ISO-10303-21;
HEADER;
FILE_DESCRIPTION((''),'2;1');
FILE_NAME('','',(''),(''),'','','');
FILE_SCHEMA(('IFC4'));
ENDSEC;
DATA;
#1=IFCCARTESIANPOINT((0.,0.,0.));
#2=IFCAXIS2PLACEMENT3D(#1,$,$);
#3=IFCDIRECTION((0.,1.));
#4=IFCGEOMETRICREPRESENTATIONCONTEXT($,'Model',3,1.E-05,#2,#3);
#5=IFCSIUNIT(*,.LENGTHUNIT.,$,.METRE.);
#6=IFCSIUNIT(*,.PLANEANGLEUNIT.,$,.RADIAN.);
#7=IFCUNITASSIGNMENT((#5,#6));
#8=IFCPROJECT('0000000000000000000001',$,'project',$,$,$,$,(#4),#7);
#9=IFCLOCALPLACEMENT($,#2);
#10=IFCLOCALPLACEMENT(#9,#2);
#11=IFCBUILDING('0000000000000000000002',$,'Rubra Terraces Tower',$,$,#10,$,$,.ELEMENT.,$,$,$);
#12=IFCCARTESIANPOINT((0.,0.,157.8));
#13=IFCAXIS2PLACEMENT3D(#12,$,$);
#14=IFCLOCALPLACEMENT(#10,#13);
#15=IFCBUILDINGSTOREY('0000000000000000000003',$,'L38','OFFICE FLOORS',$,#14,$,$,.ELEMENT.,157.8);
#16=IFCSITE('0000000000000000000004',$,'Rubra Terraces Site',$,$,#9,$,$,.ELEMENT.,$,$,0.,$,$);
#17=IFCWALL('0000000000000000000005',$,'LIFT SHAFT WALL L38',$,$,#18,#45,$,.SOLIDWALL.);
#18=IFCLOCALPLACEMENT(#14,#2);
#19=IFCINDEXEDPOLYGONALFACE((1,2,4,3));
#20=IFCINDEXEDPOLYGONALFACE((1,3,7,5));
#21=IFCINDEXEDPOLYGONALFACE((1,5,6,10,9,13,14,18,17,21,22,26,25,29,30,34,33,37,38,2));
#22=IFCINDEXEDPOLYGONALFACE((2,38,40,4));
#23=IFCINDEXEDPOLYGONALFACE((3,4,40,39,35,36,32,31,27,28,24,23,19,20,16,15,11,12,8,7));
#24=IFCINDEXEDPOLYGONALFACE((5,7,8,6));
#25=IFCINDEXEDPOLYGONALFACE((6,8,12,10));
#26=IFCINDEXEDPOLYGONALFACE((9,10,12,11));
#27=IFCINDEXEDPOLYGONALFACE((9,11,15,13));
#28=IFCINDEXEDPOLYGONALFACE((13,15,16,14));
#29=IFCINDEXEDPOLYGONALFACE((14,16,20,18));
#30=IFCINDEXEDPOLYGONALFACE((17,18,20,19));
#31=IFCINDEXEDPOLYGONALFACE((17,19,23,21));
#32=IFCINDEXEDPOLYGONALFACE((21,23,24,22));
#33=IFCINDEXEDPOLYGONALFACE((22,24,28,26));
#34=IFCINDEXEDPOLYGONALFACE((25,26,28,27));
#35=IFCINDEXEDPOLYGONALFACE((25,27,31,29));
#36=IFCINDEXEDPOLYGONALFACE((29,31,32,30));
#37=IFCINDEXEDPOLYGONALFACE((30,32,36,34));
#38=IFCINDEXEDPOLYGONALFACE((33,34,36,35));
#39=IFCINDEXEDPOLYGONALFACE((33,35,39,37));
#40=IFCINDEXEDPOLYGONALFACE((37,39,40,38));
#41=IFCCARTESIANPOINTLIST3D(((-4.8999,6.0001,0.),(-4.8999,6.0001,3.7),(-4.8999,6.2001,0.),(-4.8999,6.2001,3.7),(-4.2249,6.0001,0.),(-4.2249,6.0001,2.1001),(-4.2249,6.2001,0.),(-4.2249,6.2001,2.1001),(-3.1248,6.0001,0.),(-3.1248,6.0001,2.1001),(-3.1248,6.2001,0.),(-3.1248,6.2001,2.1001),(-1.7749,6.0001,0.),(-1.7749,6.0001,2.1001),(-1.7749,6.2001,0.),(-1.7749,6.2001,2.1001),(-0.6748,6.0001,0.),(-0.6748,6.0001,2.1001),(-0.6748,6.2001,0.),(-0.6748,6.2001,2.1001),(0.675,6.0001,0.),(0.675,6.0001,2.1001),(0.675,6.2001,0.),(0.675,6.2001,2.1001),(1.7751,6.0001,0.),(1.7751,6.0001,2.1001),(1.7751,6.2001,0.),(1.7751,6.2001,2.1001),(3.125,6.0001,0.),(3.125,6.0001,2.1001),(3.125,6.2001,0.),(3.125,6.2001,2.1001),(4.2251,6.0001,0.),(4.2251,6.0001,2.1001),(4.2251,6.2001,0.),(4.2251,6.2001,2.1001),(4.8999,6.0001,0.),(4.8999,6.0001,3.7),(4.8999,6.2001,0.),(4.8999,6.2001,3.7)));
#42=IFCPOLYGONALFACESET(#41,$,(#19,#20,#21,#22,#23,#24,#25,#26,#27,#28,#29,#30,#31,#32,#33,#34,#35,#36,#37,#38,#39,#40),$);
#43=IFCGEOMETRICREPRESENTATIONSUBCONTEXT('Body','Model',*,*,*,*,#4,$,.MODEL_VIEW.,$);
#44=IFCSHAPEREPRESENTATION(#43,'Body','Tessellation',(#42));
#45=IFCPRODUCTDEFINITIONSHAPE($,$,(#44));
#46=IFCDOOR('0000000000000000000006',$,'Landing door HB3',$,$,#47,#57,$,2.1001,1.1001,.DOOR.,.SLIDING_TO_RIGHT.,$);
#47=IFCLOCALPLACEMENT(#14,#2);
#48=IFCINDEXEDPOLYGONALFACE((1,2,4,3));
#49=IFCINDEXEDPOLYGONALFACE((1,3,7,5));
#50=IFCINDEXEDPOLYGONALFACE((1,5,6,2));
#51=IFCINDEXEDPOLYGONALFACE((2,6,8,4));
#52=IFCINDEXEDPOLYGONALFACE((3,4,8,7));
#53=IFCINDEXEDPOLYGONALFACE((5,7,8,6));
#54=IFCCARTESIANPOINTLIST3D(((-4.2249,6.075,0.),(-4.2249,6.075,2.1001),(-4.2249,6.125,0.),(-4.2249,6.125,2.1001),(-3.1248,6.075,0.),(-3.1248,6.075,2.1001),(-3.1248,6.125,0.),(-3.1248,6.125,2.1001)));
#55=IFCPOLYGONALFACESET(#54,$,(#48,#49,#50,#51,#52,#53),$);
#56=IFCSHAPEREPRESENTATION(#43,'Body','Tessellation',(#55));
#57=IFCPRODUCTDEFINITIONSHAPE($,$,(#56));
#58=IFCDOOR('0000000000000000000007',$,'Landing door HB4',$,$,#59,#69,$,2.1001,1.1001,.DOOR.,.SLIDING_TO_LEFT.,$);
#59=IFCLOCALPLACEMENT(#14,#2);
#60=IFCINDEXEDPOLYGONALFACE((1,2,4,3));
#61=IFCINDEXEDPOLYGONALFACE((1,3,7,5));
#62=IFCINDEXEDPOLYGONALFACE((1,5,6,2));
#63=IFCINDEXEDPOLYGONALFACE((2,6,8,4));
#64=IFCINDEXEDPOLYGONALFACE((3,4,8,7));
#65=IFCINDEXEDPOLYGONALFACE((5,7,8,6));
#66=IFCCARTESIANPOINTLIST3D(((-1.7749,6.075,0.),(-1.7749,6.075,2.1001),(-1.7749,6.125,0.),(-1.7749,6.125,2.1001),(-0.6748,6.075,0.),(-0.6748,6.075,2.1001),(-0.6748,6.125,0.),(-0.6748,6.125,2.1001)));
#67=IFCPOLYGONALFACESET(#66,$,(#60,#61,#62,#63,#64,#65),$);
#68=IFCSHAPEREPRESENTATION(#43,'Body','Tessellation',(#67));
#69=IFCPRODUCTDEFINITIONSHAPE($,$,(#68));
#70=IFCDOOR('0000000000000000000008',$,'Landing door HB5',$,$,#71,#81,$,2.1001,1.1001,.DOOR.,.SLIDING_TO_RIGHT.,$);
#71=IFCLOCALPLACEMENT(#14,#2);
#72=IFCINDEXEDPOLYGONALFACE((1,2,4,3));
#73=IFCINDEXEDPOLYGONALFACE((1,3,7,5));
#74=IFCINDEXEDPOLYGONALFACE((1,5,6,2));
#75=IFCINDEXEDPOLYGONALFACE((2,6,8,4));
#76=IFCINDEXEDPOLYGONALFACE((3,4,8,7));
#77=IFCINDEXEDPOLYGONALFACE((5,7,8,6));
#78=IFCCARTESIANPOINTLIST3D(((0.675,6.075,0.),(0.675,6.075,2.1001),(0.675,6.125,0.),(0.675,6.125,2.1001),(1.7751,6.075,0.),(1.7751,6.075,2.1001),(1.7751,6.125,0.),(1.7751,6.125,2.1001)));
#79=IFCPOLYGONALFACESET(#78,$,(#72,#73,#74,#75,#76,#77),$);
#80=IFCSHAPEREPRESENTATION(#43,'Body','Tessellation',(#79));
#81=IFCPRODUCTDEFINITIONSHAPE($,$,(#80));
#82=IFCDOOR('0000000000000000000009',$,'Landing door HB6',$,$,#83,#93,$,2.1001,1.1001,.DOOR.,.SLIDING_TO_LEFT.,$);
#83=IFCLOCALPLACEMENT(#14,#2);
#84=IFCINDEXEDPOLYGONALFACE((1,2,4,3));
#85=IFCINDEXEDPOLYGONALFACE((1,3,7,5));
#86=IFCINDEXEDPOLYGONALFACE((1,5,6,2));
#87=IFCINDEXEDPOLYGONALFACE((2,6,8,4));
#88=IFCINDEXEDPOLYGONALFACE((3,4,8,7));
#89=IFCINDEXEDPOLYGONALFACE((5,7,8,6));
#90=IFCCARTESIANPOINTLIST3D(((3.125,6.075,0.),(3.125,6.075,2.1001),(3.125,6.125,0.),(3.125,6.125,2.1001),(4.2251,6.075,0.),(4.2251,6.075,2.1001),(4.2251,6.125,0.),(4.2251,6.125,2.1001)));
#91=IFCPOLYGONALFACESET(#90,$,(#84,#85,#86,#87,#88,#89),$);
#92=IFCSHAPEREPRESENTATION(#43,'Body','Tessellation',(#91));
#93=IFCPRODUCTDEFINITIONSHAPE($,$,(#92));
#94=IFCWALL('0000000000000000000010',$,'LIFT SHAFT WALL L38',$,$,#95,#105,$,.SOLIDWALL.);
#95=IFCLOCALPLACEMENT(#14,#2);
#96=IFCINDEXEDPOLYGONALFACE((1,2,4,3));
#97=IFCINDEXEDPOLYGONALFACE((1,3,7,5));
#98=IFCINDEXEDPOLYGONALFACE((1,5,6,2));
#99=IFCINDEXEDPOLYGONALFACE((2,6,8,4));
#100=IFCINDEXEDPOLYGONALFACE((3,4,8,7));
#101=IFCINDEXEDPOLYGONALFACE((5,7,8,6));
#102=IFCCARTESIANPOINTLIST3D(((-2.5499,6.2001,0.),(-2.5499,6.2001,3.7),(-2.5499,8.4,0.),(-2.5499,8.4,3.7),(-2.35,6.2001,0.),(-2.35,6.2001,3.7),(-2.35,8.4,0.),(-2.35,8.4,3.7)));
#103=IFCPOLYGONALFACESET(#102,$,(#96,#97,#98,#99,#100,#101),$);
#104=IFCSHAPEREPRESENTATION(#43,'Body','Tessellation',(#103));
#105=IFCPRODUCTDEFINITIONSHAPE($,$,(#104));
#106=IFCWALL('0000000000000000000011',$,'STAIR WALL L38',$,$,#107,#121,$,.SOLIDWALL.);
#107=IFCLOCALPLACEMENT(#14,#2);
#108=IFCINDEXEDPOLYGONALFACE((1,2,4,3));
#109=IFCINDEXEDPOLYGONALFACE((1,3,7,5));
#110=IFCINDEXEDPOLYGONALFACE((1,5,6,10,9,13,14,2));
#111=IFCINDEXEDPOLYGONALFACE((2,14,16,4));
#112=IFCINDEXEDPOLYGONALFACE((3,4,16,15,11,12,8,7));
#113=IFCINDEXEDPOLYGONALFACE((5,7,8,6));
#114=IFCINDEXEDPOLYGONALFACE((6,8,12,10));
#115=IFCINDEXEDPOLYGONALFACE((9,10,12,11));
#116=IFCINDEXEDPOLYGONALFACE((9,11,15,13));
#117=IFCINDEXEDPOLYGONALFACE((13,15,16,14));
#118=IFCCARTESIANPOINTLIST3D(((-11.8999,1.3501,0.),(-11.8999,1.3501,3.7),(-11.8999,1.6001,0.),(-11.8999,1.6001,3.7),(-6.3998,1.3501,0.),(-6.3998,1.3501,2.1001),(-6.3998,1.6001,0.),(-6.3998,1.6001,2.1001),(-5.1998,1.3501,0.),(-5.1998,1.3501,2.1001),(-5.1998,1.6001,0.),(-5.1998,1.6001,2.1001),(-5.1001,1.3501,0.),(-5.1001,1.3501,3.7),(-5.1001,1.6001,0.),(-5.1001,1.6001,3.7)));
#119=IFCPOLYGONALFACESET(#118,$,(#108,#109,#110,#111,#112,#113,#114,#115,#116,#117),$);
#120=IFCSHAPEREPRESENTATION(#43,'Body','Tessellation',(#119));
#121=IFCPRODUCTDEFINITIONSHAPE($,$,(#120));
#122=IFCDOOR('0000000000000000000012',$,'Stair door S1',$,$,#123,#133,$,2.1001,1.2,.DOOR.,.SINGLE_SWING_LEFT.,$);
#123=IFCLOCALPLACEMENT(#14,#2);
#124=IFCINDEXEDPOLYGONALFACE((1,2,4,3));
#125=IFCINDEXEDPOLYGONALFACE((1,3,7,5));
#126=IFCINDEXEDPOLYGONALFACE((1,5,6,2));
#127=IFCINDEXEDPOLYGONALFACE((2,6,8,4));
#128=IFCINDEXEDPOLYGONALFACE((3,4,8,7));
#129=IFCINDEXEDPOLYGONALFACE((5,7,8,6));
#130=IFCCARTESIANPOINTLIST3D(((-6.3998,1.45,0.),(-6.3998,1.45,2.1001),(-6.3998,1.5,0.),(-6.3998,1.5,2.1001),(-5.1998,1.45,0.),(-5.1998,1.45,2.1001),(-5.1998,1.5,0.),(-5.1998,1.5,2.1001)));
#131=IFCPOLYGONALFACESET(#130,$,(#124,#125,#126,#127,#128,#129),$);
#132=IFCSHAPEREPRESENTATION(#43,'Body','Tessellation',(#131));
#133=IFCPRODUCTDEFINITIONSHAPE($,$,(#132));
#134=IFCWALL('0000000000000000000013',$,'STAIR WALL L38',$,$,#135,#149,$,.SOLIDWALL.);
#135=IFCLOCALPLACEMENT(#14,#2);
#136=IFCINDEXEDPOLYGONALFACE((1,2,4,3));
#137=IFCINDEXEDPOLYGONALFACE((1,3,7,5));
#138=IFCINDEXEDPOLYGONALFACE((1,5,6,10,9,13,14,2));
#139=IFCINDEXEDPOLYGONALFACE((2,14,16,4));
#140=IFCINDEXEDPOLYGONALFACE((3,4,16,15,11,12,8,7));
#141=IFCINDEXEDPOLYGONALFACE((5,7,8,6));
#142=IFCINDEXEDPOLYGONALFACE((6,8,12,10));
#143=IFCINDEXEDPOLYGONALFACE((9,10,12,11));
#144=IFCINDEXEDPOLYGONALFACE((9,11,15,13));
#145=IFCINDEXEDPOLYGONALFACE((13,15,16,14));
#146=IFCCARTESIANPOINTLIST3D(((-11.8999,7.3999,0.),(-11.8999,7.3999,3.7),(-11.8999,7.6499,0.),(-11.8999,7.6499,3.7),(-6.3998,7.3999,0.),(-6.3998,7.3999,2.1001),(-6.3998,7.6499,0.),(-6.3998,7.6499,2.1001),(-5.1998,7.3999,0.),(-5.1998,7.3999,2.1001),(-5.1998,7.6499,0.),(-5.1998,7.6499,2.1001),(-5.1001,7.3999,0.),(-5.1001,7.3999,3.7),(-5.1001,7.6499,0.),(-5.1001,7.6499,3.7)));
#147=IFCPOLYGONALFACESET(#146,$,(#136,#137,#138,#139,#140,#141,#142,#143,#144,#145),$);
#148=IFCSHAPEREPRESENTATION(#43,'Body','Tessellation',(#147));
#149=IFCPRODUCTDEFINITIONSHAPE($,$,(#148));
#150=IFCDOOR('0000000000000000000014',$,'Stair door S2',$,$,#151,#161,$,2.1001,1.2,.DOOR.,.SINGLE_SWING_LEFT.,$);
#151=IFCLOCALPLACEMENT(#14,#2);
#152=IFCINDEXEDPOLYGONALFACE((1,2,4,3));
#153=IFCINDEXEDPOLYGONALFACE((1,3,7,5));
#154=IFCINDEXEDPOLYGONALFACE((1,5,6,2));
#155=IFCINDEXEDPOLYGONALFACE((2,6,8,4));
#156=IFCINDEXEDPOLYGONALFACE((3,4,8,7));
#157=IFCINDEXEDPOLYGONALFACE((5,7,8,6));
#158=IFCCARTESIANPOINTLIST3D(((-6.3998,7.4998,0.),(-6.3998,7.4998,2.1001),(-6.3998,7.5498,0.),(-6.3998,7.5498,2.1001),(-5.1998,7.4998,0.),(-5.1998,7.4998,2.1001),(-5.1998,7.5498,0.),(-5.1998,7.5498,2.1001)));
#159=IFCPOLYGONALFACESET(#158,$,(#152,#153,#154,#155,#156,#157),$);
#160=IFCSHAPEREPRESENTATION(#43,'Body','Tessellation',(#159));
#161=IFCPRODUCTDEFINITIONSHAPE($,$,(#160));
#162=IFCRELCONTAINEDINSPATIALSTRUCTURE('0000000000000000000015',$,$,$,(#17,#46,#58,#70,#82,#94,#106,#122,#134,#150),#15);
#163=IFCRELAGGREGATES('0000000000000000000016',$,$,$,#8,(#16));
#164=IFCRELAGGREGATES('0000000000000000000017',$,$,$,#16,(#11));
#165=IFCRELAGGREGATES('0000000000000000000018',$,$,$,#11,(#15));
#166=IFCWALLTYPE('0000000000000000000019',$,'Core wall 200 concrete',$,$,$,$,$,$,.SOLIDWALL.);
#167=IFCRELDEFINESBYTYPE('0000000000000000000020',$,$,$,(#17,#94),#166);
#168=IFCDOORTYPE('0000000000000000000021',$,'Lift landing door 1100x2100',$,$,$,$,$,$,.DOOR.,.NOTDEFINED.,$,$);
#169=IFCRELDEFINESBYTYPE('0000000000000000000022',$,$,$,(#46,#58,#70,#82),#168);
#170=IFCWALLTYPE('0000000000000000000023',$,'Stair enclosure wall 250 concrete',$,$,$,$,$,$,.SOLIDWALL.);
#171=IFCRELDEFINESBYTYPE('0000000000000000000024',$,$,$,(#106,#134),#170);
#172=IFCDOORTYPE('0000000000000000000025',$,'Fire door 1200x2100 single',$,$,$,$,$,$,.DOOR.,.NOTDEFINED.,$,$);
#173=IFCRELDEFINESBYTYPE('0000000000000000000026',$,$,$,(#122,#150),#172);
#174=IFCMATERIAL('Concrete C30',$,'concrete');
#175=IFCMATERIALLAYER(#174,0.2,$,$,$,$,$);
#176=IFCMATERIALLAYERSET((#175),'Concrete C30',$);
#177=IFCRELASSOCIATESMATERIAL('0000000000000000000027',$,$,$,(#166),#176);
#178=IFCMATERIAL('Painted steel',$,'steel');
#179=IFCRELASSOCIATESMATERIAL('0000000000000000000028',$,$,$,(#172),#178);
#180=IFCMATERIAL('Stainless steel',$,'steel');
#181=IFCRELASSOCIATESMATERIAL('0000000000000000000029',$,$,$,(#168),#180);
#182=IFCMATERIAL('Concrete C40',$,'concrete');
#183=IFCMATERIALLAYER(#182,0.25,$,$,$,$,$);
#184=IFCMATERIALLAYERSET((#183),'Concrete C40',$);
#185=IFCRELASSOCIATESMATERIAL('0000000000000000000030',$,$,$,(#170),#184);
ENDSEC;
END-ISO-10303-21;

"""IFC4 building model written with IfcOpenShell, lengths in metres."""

from ifc_helpers import new_model, si_unit, direction, frame, frame_2d, origin, place, context, subcontext, project, spatial, rectangle, extrude, material, layer, layer_set, type_object, element, fill, save


model = new_model("IFC4")

# Units and contexts
model_context = context("Model", 3, precision=1e-05, world=origin(), true_north=direction((0.0, 1.0)))
body_context = subcontext(model_context, "Body", "Model", "MODEL_VIEW")
ifc_project = project(units=[si_unit("LENGTHUNIT", "METRE"), si_unit("PLANEANGLEUNIT", "RADIAN")], contexts=[model_context])

# Site, building, storey
site_placement = place(None, origin())
site = spatial("IfcSite", under=ifc_project, at=site_placement, Name="Rubra Terraces Site", CompositionType="ELEMENT", RefElevation=0.0)
building_placement = place(site_placement, origin())
building = spatial("IfcBuilding", under=site, at=building_placement, Name="Rubra Terraces Tower", CompositionType="ELEMENT")
storey_placement = place(building_placement, frame((0.0, 0.0, 157.8)))
storey = spatial("IfcBuildingStorey", under=building, at=storey_placement, Name="L38", Description="OFFICE FLOORS", CompositionType="ELEMENT", Elevation=157.8)

# Shared definitions
ifc_material_1 = material(Name="Concrete C40", Category="concrete")

# Shared definitions
ifc_material_2 = material(Name="Concrete C30", Category="concrete")
ifc_layer_1 = layer(ifc_material_2, 0.2)
ifc_layer_set_1 = layer_set([ifc_layer_1], Name="Concrete C30")
wall_type_1 = type_object("IfcWallType", Name="Core wall 200 concrete", PredefinedType="SOLIDWALL", material=ifc_layer_set_1)
ifc_material_3 = material(Name="Painted steel", Category="steel")
door_type_1 = type_object("IfcDoorType", Name="Fire door 1200x2100 single", OperationType="NOTDEFINED", PredefinedType="DOOR", material=ifc_material_3)
ifc_material_4 = material(Name="Stainless steel", Category="steel")

# Wall, openings, doors
door_type_2 = type_object("IfcDoorType", Name="Lift landing door 1100x2100", OperationType="NOTDEFINED", PredefinedType="DOOR", material=ifc_material_4)
wall_1_placement = place(storey_placement, frame((-4.8999, 6.1001, 0.0), z_axis=(0.0, 0.0, 1.0), x_axis=(1.0, 0.0, 0.0)))
wall_1 = element("IfcWall", 1, at=wall_1_placement, inside=storey, type_object=wall_type_1, Name="LIFT SHAFT WALL L38", PredefinedType="SOLIDWALL", context=body_context, shape_type="SweptSolid", body=[
    extrude(rectangle(XDim=9.7998, YDim=0.2, at=frame_2d((4.8999, 0.0))), origin(), (0.0, 0.0, 1.0), 3.7),
])
opening_1_placement = place(wall_1_placement, frame((0.675, 0.0, 0.0)))
opening_1 = element("IfcOpeningElement", 2, at=opening_1_placement, cuts=wall_1, PredefinedType="OPENING", context=body_context, shape_type="SweptSolid", body=[
    extrude(rectangle(XDim=1.1001, YDim=2.1001, at=frame_2d((0.55, 1.05))), frame((0.0, 0.1099, 0.0), z_axis=(0.0, -1.0, 0.0), x_axis=(1.0, 0.0, 0.0)), (0.0, 0.0, 1.0), 0.22),
])
opening_2_placement = place(wall_1_placement, frame((3.125, 0.0, 0.0)))
opening_2 = element("IfcOpeningElement", 3, at=opening_2_placement, cuts=wall_1, PredefinedType="OPENING", context=body_context, shape_type="SweptSolid", body=[
    extrude(rectangle(XDim=1.1001, YDim=2.1001, at=frame_2d((0.55, 1.05))), frame((0.0, 0.1099, 0.0), z_axis=(0.0, -1.0, 0.0), x_axis=(1.0, 0.0, 0.0)), (0.0, 0.0, 1.0), 0.22),
])
opening_3_placement = place(wall_1_placement, frame((5.575, 0.0, 0.0)))
opening_3 = element("IfcOpeningElement", 4, at=opening_3_placement, cuts=wall_1, PredefinedType="OPENING", context=body_context, shape_type="SweptSolid", body=[
    extrude(rectangle(XDim=1.1001, YDim=2.1001, at=frame_2d((0.55, 1.05))), frame((0.0, 0.1099, 0.0), z_axis=(0.0, -1.0, 0.0), x_axis=(1.0, 0.0, 0.0)), (0.0, 0.0, 1.0), 0.22),
])
opening_4_placement = place(wall_1_placement, frame((8.0249, 0.0, 0.0)))
opening_4 = element("IfcOpeningElement", 5, at=opening_4_placement, cuts=wall_1, PredefinedType="OPENING", context=body_context, shape_type="SweptSolid", body=[
    extrude(rectangle(XDim=1.1001, YDim=2.1001, at=frame_2d((0.55, 1.05))), frame((0.0, 0.1099, 0.0), z_axis=(0.0, -1.0, 0.0), x_axis=(1.0, 0.0, 0.0)), (0.0, 0.0, 1.0), 0.22),
])
door_1_placement = place(opening_1_placement, origin())
door_1 = element("IfcDoor", 6, at=door_1_placement, inside=storey, type_object=door_type_2, Name="Landing door HB3", OperationType="SLIDING_TO_RIGHT", OverallHeight=2.1001, OverallWidth=1.1001, PredefinedType="DOOR", context=body_context, shape_type="SweptSolid", body=[
    extrude(rectangle(XDim=1.1001, YDim=2.1001, at=frame_2d((0.55, 1.05))), frame((0.0, 0.0249, 0.0), z_axis=(0.0, -1.0, 0.0), x_axis=(1.0, 0.0, 0.0)), (0.0, 0.0, 1.0), 0.05),
])
fill(opening_1, door_1)
door_2_placement = place(opening_2_placement, origin())
door_2 = element("IfcDoor", 7, at=door_2_placement, inside=storey, type_object=door_type_2, Name="Landing door HB4", OperationType="SLIDING_TO_LEFT", OverallHeight=2.1001, OverallWidth=1.1001, PredefinedType="DOOR", context=body_context, shape_type="SweptSolid", body=[
    extrude(rectangle(XDim=1.1001, YDim=2.1001, at=frame_2d((0.55, 1.05))), frame((0.0, 0.0249, 0.0), z_axis=(0.0, -1.0, 0.0), x_axis=(1.0, 0.0, 0.0)), (0.0, 0.0, 1.0), 0.05),
])
fill(opening_2, door_2)
door_3_placement = place(opening_3_placement, origin())
door_3 = element("IfcDoor", 8, at=door_3_placement, inside=storey, type_object=door_type_2, Name="Landing door HB5", OperationType="SLIDING_TO_RIGHT", OverallHeight=2.1001, OverallWidth=1.1001, PredefinedType="DOOR", context=body_context, shape_type="SweptSolid", body=[
    extrude(rectangle(XDim=1.1001, YDim=2.1001, at=frame_2d((0.55, 1.05))), frame((0.0, 0.0249, 0.0), z_axis=(0.0, -1.0, 0.0), x_axis=(1.0, 0.0, 0.0)), (0.0, 0.0, 1.0), 0.05),
])
fill(opening_3, door_3)
door_4_placement = place(opening_4_placement, origin())
door_4 = element("IfcDoor", 9, at=door_4_placement, inside=storey, type_object=door_type_2, Name="Landing door HB6", OperationType="SLIDING_TO_LEFT", OverallHeight=2.1001, OverallWidth=1.1001, PredefinedType="DOOR", context=body_context, shape_type="SweptSolid", body=[
    extrude(rectangle(XDim=1.1001, YDim=2.1001, at=frame_2d((0.55, 1.05))), frame((0.0, 0.0249, 0.0), z_axis=(0.0, -1.0, 0.0), x_axis=(1.0, 0.0, 0.0)), (0.0, 0.0, 1.0), 0.05),
])
fill(opening_4, door_4)

# Wall
wall_2_placement = place(storey_placement, frame((-2.45, 6.2, 0.0), z_axis=(0.0, 0.0, 1.0), x_axis=(0.0, 1.0, 0.0)))
element("IfcWall", 10, at=wall_2_placement, inside=storey, type_object=wall_type_1, Name="LIFT SHAFT WALL L38", PredefinedType="SOLIDWALL", context=body_context, shape_type="SweptSolid", body=[
    extrude(rectangle(XDim=2.2, YDim=0.2, at=frame_2d((1.1001, 0.0))), origin(), (0.0, 0.0, 1.0), 3.7),
])

# Walls, openings, doors
ifc_layer_2 = layer(ifc_material_1, 0.25)
ifc_layer_set_2 = layer_set([ifc_layer_2], Name="Concrete C40")
wall_type_2 = type_object("IfcWallType", Name="Stair enclosure wall 250 concrete", PredefinedType="SOLIDWALL", material=ifc_layer_set_2)
wall_3_placement = place(storey_placement, frame((-11.8999, 1.4751, 0.0), z_axis=(0.0, 0.0, 1.0), x_axis=(1.0, 0.0, 0.0)))
wall_3 = element("IfcWall", 11, at=wall_3_placement, inside=storey, type_object=wall_type_2, Name="STAIR WALL L38", PredefinedType="SOLIDWALL", context=body_context, shape_type="SweptSolid", body=[
    extrude(rectangle(XDim=6.7998, YDim=0.25, at=frame_2d((3.3999, 0.0))), origin(), (0.0, 0.0, 1.0), 3.7),
])
opening_5_placement = place(wall_3_placement, frame((5.5, 0.0, 0.0)))
opening_5 = element("IfcOpeningElement", 12, at=opening_5_placement, cuts=wall_3, PredefinedType="OPENING", context=body_context, shape_type="SweptSolid", body=[
    extrude(rectangle(XDim=1.2, YDim=2.1001, at=frame_2d((0.6001, 1.05))), frame((0.0, 0.135, 0.0), z_axis=(0.0, -1.0, 0.0), x_axis=(1.0, 0.0, 0.0)), (0.0, 0.0, 1.0), 0.27),
])
door_5_placement = place(opening_5_placement, origin())
door_5 = element("IfcDoor", 13, at=door_5_placement, inside=storey, type_object=door_type_1, Name="Stair door S1", OperationType="SINGLE_SWING_LEFT", OverallHeight=2.1001, OverallWidth=1.2, PredefinedType="DOOR", context=body_context, shape_type="SweptSolid", body=[
    extrude(rectangle(XDim=1.2, YDim=2.1001, at=frame_2d((0.6001, 1.05))), frame((0.0, 0.0249, 0.0), z_axis=(0.0, -1.0, 0.0), x_axis=(1.0, 0.0, 0.0)), (0.0, 0.0, 1.0), 0.05),
])
fill(opening_5, door_5)
wall_4_placement = place(storey_placement, frame((-11.8999, 7.5249, 0.0), z_axis=(0.0, 0.0, 1.0), x_axis=(1.0, 0.0, 0.0)))
wall_4 = element("IfcWall", 14, at=wall_4_placement, inside=storey, type_object=wall_type_2, Name="STAIR WALL L38", PredefinedType="SOLIDWALL", context=body_context, shape_type="SweptSolid", body=[
    extrude(rectangle(XDim=6.7998, YDim=0.25, at=frame_2d((3.3999, 0.0))), origin(), (0.0, 0.0, 1.0), 3.7),
])
opening_6_placement = place(wall_4_placement, frame((5.5, 0.0, 0.0)))
opening_6 = element("IfcOpeningElement", 15, at=opening_6_placement, cuts=wall_4, PredefinedType="OPENING", context=body_context, shape_type="SweptSolid", body=[
    extrude(rectangle(XDim=1.2, YDim=2.1001, at=frame_2d((0.6001, 1.05))), frame((0.0, 0.135, 0.0), z_axis=(0.0, -1.0, 0.0), x_axis=(1.0, 0.0, 0.0)), (0.0, 0.0, 1.0), 0.27),
])
door_6_placement = place(opening_6_placement, origin())
door_6 = element("IfcDoor", 16, at=door_6_placement, inside=storey, type_object=door_type_1, Name="Stair door S2", OperationType="SINGLE_SWING_LEFT", OverallHeight=2.1001, OverallWidth=1.2, PredefinedType="DOOR", context=body_context, shape_type="SweptSolid", body=[
    extrude(rectangle(XDim=1.2, YDim=2.1001, at=frame_2d((0.6001, 1.05))), frame((0.0, 0.0249, 0.0), z_axis=(0.0, -1.0, 0.0), x_axis=(1.0, 0.0, 0.0)), (0.0, 0.0, 1.0), 0.05),
])
fill(opening_6, door_6)

save(model, "model.ifc")
